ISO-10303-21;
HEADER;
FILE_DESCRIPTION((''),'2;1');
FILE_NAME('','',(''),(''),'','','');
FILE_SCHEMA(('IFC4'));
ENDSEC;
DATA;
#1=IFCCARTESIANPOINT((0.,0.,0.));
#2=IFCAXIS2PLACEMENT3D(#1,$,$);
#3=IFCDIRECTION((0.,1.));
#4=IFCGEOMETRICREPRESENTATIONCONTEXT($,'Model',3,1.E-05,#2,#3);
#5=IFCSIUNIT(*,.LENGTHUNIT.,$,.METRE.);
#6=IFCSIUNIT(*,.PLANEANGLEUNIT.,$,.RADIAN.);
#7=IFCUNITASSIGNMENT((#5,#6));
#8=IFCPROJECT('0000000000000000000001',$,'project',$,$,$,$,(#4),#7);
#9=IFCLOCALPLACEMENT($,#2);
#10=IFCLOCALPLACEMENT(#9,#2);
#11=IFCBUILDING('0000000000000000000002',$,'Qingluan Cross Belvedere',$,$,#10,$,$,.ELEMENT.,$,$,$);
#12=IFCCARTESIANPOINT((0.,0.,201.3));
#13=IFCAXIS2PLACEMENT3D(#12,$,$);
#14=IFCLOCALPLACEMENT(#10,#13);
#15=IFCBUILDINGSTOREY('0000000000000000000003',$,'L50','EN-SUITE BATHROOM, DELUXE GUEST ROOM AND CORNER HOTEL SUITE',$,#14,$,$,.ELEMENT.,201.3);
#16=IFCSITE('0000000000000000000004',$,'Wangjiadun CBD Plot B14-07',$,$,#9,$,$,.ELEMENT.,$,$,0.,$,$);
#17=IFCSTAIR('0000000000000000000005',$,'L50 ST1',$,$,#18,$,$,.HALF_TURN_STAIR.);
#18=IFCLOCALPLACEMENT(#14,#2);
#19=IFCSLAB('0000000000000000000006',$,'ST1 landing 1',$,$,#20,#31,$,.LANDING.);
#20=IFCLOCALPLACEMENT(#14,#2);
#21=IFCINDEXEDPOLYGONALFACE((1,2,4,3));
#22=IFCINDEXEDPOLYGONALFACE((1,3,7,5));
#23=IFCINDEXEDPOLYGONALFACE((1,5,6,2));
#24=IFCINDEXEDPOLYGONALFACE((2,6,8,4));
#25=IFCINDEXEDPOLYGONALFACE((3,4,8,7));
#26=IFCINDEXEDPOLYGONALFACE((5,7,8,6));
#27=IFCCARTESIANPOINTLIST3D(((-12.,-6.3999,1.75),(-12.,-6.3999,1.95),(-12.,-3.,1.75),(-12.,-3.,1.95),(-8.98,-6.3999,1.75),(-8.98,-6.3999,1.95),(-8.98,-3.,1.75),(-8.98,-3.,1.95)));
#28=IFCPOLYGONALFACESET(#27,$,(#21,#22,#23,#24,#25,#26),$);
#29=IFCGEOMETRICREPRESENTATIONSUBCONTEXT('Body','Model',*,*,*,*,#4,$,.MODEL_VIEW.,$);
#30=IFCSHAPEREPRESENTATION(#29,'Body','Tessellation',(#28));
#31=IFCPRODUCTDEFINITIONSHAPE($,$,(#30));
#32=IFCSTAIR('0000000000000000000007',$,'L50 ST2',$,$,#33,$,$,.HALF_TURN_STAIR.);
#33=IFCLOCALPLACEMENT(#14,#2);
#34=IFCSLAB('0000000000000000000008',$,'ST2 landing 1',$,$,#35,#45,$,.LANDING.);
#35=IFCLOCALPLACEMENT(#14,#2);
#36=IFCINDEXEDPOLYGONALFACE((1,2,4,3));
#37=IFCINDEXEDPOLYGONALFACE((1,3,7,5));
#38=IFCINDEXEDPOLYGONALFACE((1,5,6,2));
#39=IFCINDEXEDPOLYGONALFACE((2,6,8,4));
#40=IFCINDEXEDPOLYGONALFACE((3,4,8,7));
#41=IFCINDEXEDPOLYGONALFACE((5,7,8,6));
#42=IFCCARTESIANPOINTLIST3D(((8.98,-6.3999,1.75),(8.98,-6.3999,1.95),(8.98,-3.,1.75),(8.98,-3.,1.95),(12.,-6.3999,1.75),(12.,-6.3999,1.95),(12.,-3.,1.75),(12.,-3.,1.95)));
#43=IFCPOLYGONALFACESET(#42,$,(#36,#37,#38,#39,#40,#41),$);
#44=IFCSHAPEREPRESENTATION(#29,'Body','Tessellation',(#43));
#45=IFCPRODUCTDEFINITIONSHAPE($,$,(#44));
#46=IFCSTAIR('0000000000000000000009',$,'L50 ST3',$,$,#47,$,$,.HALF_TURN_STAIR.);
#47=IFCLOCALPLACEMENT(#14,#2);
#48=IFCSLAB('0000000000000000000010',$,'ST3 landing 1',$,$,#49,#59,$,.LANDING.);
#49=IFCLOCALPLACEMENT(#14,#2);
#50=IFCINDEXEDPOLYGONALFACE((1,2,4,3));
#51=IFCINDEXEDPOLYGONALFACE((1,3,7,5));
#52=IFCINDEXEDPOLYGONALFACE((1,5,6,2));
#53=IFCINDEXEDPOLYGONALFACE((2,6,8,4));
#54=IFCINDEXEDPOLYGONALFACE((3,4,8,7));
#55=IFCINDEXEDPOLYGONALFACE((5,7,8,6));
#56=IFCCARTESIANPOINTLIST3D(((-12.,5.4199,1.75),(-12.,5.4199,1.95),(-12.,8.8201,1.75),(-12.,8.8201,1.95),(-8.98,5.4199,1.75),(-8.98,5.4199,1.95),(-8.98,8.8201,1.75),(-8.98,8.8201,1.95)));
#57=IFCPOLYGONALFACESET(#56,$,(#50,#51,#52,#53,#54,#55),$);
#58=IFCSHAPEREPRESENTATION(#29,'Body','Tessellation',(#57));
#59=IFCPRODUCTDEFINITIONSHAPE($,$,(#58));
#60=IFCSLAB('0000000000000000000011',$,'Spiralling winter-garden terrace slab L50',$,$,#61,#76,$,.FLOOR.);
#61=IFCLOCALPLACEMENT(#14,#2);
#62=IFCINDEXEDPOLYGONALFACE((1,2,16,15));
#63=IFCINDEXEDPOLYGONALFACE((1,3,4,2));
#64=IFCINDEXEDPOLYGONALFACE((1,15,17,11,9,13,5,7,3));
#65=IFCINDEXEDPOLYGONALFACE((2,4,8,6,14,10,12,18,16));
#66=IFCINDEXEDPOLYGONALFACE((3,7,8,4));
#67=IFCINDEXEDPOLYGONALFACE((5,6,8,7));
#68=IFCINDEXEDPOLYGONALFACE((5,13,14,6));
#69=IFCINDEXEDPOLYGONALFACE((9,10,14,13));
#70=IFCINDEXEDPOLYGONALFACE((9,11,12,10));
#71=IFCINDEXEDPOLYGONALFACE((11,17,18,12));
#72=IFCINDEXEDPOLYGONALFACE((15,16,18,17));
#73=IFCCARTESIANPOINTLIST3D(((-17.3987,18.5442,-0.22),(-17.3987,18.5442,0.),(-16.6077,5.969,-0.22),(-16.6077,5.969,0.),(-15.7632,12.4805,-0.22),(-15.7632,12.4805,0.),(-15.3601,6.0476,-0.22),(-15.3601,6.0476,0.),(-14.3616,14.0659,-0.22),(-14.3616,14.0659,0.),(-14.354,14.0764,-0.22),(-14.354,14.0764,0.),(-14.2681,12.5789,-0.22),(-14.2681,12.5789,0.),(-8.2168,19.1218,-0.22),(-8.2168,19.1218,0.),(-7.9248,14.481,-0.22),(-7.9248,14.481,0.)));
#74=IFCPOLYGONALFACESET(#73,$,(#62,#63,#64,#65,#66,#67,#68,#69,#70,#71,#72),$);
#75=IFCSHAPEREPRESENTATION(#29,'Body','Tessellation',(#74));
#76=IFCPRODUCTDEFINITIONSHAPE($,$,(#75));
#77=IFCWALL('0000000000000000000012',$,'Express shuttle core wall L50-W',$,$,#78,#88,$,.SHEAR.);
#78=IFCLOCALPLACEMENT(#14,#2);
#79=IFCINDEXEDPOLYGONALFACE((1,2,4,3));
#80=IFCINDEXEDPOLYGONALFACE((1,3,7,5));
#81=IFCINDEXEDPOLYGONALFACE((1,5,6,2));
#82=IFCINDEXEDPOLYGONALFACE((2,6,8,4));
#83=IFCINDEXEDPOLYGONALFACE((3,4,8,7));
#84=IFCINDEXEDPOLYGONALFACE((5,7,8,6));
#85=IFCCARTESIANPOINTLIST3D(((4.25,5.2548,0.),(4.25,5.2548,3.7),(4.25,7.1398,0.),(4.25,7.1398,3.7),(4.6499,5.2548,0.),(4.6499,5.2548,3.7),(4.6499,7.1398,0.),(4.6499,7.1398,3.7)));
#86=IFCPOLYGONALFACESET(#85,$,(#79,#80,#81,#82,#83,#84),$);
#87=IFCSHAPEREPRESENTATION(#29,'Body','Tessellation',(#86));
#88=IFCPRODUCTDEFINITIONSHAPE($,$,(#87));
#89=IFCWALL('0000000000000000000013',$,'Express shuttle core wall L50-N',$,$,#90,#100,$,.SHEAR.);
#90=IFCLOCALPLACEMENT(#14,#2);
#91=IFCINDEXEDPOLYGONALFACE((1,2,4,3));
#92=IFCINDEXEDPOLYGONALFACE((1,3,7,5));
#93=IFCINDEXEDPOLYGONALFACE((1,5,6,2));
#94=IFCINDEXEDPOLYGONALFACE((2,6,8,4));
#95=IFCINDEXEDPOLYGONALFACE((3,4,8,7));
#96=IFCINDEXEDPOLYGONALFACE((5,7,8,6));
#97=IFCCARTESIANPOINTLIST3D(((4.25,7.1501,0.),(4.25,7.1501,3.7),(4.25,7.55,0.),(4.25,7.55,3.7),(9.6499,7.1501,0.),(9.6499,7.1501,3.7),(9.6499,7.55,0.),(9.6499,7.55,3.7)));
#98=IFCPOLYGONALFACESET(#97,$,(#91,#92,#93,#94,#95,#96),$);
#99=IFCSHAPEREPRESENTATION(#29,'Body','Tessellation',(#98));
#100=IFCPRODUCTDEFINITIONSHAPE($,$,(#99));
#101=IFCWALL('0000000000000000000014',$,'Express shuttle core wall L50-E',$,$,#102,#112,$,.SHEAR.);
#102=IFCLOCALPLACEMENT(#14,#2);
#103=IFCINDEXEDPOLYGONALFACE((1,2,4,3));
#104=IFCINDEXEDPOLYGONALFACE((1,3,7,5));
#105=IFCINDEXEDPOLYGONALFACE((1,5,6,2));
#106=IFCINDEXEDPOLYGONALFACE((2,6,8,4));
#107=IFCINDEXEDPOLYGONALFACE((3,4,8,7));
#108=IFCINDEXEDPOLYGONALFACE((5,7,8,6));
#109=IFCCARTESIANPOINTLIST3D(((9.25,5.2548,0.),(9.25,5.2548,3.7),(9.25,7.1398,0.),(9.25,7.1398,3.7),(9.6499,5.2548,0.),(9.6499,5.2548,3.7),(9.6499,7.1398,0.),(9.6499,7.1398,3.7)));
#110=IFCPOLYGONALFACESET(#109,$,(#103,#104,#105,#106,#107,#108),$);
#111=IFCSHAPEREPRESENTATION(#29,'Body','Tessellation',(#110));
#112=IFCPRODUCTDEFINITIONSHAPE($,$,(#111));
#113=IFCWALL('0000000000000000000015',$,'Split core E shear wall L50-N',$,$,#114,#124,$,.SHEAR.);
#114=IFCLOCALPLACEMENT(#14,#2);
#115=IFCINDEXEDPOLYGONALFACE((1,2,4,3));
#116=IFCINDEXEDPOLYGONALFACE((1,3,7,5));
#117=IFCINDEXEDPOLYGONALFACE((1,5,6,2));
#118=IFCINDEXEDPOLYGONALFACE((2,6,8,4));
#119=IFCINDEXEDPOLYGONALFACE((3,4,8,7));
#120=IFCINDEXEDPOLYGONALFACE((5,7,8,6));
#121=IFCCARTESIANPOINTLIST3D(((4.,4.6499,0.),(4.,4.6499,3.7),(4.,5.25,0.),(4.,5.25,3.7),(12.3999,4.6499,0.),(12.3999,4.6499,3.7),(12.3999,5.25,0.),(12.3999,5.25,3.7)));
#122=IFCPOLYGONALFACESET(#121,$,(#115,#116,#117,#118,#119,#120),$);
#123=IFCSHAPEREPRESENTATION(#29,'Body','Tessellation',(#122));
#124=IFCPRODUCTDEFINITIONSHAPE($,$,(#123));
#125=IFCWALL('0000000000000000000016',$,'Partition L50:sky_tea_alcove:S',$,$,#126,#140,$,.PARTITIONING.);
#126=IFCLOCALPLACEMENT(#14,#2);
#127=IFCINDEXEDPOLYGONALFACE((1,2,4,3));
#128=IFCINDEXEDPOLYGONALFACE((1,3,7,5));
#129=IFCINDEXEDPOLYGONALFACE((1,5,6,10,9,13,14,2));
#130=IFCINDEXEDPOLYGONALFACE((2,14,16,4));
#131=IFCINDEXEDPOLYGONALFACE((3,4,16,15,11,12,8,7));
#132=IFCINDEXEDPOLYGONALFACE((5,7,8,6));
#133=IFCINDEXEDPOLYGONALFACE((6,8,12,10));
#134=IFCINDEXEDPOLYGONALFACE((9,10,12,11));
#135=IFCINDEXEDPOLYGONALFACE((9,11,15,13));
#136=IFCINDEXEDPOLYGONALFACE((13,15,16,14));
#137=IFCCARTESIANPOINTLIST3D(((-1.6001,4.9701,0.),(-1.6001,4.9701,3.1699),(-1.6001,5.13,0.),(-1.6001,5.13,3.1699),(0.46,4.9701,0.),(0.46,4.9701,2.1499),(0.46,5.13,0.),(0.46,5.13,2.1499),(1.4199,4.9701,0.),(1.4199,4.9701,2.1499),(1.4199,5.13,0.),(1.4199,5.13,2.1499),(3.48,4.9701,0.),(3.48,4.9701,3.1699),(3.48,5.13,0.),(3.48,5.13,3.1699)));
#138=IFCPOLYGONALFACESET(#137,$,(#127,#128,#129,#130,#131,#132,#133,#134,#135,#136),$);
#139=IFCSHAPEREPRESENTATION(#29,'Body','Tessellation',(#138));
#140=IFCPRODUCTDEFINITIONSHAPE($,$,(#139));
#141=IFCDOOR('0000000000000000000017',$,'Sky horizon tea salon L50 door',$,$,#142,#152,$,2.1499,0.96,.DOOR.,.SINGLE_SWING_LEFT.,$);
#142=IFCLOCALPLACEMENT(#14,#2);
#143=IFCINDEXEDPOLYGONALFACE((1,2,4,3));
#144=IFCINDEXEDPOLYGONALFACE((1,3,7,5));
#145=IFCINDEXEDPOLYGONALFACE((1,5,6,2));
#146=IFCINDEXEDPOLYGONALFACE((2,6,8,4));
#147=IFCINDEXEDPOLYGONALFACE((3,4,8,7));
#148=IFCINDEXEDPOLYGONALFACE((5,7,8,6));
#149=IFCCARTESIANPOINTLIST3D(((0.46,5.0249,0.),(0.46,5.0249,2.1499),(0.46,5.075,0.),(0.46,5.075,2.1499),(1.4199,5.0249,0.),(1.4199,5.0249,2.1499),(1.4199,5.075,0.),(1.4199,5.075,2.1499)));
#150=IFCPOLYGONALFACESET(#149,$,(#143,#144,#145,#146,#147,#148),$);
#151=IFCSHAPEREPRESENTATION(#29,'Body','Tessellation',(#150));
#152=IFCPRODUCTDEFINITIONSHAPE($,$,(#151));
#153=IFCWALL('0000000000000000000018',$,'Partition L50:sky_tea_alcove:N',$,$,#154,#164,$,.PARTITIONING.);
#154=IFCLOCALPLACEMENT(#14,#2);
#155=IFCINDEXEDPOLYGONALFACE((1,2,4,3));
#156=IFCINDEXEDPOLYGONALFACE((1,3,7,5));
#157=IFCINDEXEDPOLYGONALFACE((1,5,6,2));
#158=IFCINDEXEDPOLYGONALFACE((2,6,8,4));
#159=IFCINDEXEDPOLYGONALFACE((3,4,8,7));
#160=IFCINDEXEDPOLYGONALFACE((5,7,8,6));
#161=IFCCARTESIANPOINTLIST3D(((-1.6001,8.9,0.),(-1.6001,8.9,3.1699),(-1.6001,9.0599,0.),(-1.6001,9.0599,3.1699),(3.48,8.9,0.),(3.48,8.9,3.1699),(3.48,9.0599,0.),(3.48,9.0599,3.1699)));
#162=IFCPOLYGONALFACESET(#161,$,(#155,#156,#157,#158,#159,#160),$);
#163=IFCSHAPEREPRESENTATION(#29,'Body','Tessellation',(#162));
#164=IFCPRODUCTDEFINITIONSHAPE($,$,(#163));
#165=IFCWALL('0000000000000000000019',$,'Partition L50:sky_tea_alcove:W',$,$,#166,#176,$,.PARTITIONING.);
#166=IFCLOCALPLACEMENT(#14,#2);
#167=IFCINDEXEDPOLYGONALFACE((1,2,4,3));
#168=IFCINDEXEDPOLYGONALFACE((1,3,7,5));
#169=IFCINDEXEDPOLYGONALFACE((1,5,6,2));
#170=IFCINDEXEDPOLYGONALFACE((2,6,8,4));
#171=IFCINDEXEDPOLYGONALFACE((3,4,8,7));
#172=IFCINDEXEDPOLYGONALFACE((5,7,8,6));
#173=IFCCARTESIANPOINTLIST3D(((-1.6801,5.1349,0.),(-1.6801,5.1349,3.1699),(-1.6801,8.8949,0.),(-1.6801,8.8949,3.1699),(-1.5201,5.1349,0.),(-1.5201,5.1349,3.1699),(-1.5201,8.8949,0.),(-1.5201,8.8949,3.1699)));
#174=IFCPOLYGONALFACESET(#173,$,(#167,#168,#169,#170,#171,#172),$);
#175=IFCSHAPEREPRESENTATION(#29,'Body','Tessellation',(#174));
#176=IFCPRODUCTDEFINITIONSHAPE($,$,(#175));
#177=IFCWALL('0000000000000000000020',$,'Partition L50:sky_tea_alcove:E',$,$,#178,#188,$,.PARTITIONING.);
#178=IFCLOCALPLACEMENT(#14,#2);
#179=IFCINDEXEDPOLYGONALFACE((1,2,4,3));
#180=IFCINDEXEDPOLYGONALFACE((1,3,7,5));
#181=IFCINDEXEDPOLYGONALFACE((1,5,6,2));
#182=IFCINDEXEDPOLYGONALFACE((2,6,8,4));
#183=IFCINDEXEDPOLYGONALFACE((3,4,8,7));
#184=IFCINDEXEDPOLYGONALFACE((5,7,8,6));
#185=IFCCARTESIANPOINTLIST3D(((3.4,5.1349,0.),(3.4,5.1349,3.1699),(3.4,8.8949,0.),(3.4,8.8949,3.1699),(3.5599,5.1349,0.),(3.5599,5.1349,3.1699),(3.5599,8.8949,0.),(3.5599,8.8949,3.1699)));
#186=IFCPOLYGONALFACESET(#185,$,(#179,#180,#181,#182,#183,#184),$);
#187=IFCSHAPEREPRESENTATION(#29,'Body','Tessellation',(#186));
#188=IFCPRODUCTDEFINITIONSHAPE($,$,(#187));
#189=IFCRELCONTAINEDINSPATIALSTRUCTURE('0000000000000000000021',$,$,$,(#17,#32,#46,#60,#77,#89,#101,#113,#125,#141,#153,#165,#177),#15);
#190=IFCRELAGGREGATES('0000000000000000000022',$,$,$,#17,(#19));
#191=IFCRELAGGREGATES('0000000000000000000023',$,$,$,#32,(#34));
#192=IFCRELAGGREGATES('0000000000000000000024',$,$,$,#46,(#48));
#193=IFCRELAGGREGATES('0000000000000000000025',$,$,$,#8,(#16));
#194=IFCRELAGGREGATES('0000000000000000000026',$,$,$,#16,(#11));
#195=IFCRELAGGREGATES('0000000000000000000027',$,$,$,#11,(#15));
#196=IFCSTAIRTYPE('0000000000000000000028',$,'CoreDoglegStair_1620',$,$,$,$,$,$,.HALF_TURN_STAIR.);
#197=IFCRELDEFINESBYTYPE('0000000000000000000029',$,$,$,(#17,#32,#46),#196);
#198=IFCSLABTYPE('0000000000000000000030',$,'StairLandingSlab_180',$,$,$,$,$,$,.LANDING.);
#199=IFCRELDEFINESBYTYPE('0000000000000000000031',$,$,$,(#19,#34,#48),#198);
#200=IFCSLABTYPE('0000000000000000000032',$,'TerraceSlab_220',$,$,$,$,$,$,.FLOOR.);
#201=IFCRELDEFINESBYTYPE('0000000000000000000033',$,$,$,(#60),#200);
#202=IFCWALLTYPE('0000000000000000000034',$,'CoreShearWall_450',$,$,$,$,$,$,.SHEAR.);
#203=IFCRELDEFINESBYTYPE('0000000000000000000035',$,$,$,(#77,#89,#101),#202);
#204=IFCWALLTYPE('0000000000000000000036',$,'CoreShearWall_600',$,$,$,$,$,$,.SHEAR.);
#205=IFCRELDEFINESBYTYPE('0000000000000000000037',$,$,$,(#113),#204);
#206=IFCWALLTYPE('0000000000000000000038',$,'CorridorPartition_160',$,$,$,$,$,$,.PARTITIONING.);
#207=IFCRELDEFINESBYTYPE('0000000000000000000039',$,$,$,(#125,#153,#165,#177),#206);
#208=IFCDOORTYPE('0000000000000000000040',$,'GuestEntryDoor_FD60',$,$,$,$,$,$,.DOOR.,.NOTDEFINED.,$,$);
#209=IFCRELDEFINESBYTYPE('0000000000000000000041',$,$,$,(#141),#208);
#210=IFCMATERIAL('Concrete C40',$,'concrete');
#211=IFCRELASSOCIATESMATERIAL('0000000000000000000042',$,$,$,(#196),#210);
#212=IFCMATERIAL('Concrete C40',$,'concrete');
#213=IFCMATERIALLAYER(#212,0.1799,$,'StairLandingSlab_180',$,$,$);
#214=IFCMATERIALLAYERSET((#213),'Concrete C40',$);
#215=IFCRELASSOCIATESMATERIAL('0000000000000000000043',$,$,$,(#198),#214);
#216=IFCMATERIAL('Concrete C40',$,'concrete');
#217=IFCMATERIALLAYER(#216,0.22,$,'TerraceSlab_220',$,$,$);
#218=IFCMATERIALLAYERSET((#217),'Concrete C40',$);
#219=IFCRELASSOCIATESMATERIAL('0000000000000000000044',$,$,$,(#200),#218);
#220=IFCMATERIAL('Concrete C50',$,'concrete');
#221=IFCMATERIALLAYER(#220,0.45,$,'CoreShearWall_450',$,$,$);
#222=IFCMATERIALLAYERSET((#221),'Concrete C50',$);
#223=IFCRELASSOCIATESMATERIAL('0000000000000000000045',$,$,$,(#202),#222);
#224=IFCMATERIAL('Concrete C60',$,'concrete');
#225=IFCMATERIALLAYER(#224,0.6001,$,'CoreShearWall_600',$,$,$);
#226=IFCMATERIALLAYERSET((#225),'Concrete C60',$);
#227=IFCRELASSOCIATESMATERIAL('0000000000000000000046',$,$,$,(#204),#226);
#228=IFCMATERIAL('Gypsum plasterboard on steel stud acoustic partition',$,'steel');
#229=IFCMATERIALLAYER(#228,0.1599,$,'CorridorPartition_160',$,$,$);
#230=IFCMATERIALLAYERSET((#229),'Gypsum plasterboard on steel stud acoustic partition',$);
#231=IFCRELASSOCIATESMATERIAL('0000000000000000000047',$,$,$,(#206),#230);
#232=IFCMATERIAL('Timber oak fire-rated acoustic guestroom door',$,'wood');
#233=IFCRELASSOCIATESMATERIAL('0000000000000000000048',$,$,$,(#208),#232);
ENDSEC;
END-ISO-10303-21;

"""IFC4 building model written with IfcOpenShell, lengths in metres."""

from ifc_helpers import new_model, si_unit, direction, frame, frame_2d, origin, place, context, subcontext, project, spatial, polyline, rectangle, outline, extrude, material, layer, layer_set, type_object, element, fill, aggregate, save


model = new_model("IFC4")

# Units and contexts
model_context = context("Model", 3, precision=1e-05, world=origin(), true_north=direction((0.0, 1.0)))
body_context = subcontext(model_context, "Body", "Model", "MODEL_VIEW")
ifc_project = project(units=[si_unit("LENGTHUNIT", "METRE"), si_unit("PLANEANGLEUNIT", "RADIAN")], contexts=[model_context])

# Site, building, storey
site_placement = place(None, origin())
site = spatial("IfcSite", under=ifc_project, at=site_placement, Name="Wangjiadun CBD Plot B14-07", CompositionType="ELEMENT", RefElevation=0.0)
building_placement = place(site_placement, origin())
building = spatial("IfcBuilding", under=site, at=building_placement, Name="Qingluan Cross Belvedere", CompositionType="ELEMENT")
storey_placement = place(building_placement, frame((0.0, 0.0, 201.3)))
storey = spatial("IfcBuildingStorey", under=building, at=storey_placement, Name="L50", Description="EN-SUITE BATHROOM, DELUXE GUEST ROOM AND CORNER HOTEL SUITE", CompositionType="ELEMENT", Elevation=201.3)

# Stairs, slabs
ifc_material_1 = material(Name="Concrete C40", Category="concrete")
stair_type = type_object("IfcStairType", Name="CoreDoglegStair_1620", PredefinedType="HALF_TURN_STAIR", material=ifc_material_1)
stair_1_placement = place(storey_placement, origin())
stair_1 = element("IfcStair", 1, at=stair_1_placement, inside=storey, type_object=stair_type, Name="L50 ST1", PredefinedType="HALF_TURN_STAIR")
ifc_material_2 = material(Name="Concrete C40", Category="concrete")
ifc_layer_1 = layer(ifc_material_2, 0.1799, Name="StairLandingSlab_180")
ifc_layer_set_1 = layer_set([ifc_layer_1], Name="Concrete C40")
slab_type_1 = type_object("IfcSlabType", Name="StairLandingSlab_180", PredefinedType="LANDING", material=ifc_layer_set_1)
slab_1_placement = place(storey_placement, frame((0.0, 0.0, 1.75)))
slab_1 = element("IfcSlab", 2, at=slab_1_placement, type_object=slab_type_1, Name="ST1 landing 1", PredefinedType="LANDING", context=body_context, shape_type="SweptSolid", body=[
    extrude(outline(polyline([(-8.98, -3.0), (-12.0, -3.0), (-12.0, -6.3999), (-8.98, -6.3999), (-8.98, -3.0)])), origin(), (0.0, 0.0, 1.0), 0.2),
])
aggregate(stair_1, [slab_1])
stair_2_placement = place(storey_placement, origin())
stair_2 = element("IfcStair", 3, at=stair_2_placement, inside=storey, type_object=stair_type, Name="L50 ST2", PredefinedType="HALF_TURN_STAIR")
slab_2_placement = place(storey_placement, frame((0.0, 0.0, 1.75)))
slab_2 = element("IfcSlab", 4, at=slab_2_placement, type_object=slab_type_1, Name="ST2 landing 1", PredefinedType="LANDING", context=body_context, shape_type="SweptSolid", body=[
    extrude(outline(polyline([(8.98, -6.3999), (12.0, -6.3999), (12.0, -3.0), (8.98, -3.0), (8.98, -6.3999)])), origin(), (0.0, 0.0, 1.0), 0.2),
])
aggregate(stair_2, [slab_2])
stair_3_placement = place(storey_placement, origin())
stair_3 = element("IfcStair", 5, at=stair_3_placement, inside=storey, type_object=stair_type, Name="L50 ST3", PredefinedType="HALF_TURN_STAIR")
slab_3_placement = place(storey_placement, frame((0.0, 0.0, 1.75)))
slab_3 = element("IfcSlab", 6, at=slab_3_placement, type_object=slab_type_1, Name="ST3 landing 1", PredefinedType="LANDING", context=body_context, shape_type="SweptSolid", body=[
    extrude(outline(polyline([(-8.98, 8.8201), (-12.0, 8.8201), (-12.0, 5.4199), (-8.98, 5.4199), (-8.98, 8.8201)])), origin(), (0.0, 0.0, 1.0), 0.2),
])
aggregate(stair_3, [slab_3])

# Slab
ifc_material_3 = material(Name="Concrete C40", Category="concrete")
ifc_layer_2 = layer(ifc_material_3, 0.22, Name="TerraceSlab_220")
ifc_layer_set_2 = layer_set([ifc_layer_2], Name="Concrete C40")
slab_type_2 = type_object("IfcSlabType", Name="TerraceSlab_220", PredefinedType="FLOOR", material=ifc_layer_set_2)
slab_4_placement = place(storey_placement, frame((0.0, 0.0, -0.22)))
element("IfcSlab", 7, at=slab_4_placement, inside=storey, type_object=slab_type_2, Name="Spiralling winter-garden terrace slab L50", PredefinedType="FLOOR", context=body_context, shape_type="SweptSolid", body=[
    extrude(outline(polyline([(-15.3601, 6.0476), (-15.7632, 12.4805), (-14.2681, 12.5789), (-14.3616, 14.0659), (-14.354, 14.0764), (-7.9248, 14.481), (-8.2168, 19.1218), (-17.3987, 18.5442), (-16.6077, 5.969), (-15.3601, 6.0476)])), origin(), (0.0, 0.0, 1.0), 0.22),
])

# Walls
ifc_material_4 = material(Name="Concrete C50", Category="concrete")
ifc_layer_3 = layer(ifc_material_4, 0.45, Name="CoreShearWall_450")
ifc_layer_set_3 = layer_set([ifc_layer_3], Name="Concrete C50")
wall_type_1 = type_object("IfcWallType", Name="CoreShearWall_450", PredefinedType="SHEAR", material=ifc_layer_set_3)
wall_1_placement = place(storey_placement, frame((4.45, 5.2549, 0.0), z_axis=(0.0, 0.0, 1.0), x_axis=(0.0, 1.0, 0.0)))
element("IfcWall", 8, at=wall_1_placement, inside=storey, type_object=wall_type_1, Name="Express shuttle core wall L50-W", PredefinedType="SHEAR", context=body_context, shape_type="SweptSolid", body=[
    extrude(rectangle(XDim=1.885, YDim=0.3999, at=frame_2d((0.9424, 0.0))), origin(), (0.0, 0.0, 1.0), 3.7),
])
wall_2_placement = place(storey_placement, frame((4.25, 7.3501, 0.0), z_axis=(0.0, 0.0, 1.0), x_axis=(1.0, 0.0, 0.0)))
element("IfcWall", 9, at=wall_2_placement, inside=storey, type_object=wall_type_1, Name="Express shuttle core wall L50-N", PredefinedType="SHEAR", context=body_context, shape_type="SweptSolid", body=[
    extrude(rectangle(XDim=5.3999, YDim=0.3999, at=frame_2d((2.7, 0.0))), origin(), (0.0, 0.0, 1.0), 3.7),
])
wall_3_placement = place(storey_placement, frame((9.45, 5.2549, 0.0), z_axis=(0.0, 0.0, 1.0), x_axis=(0.0, 1.0, 0.0)))
element("IfcWall", 10, at=wall_3_placement, inside=storey, type_object=wall_type_1, Name="Express shuttle core wall L50-E", PredefinedType="SHEAR", context=body_context, shape_type="SweptSolid", body=[
    extrude(rectangle(XDim=1.885, YDim=0.3999, at=frame_2d((0.9424, 0.0))), origin(), (0.0, 0.0, 1.0), 3.7),
])
ifc_material_5 = material(Name="Concrete C60", Category="concrete")
ifc_layer_4 = layer(ifc_material_5, 0.6001, Name="CoreShearWall_600")
ifc_layer_set_4 = layer_set([ifc_layer_4], Name="Concrete C60")
wall_type_2 = type_object("IfcWallType", Name="CoreShearWall_600", PredefinedType="SHEAR", material=ifc_layer_set_4)
wall_4_placement = place(storey_placement, frame((4.0, 4.95, 0.0), z_axis=(0.0, 0.0, 1.0), x_axis=(1.0, 0.0, 0.0)))
element("IfcWall", 11, at=wall_4_placement, inside=storey, type_object=wall_type_2, Name="Split core E shear wall L50-N", PredefinedType="SHEAR", context=body_context, shape_type="SweptSolid", body=[
    extrude(rectangle(XDim=8.3999, YDim=0.6001, at=frame_2d((4.2, 0.0))), origin(), (0.0, 0.0, 1.0), 3.7),
])

# Wall, opening, door
ifc_material_6 = material(Name="Gypsum plasterboard on steel stud acoustic partition", Category="steel")
ifc_layer_5 = layer(ifc_material_6, 0.1599, Name="CorridorPartition_160")
ifc_layer_set_5 = layer_set([ifc_layer_5], Name="Gypsum plasterboard on steel stud acoustic partition")
wall_type_3 = type_object("IfcWallType", Name="CorridorPartition_160", PredefinedType="PARTITIONING", material=ifc_layer_set_5)
wall_5_placement = place(storey_placement, frame((-1.6001, 5.05, 0.0), z_axis=(0.0, 0.0, 1.0), x_axis=(1.0, 0.0, 0.0)))
wall_5 = element("IfcWall", 12, at=wall_5_placement, inside=storey, type_object=wall_type_3, Name="Partition L50:sky_tea_alcove:S", PredefinedType="PARTITIONING", context=body_context, shape_type="SweptSolid", body=[
    extrude(rectangle(XDim=5.0801, YDim=0.1599, at=frame_2d((2.54, 0.0))), origin(), (0.0, 0.0, 1.0), 3.1699),
])
opening_1_placement = place(wall_5_placement, frame((2.0601, 0.0, 0.0)))
opening_1 = element("IfcOpeningElement", 13, at=opening_1_placement, cuts=wall_5, PredefinedType="OPENING", context=body_context, shape_type="SweptSolid", body=[
    extrude(rectangle(XDim=0.96, YDim=2.1499, at=frame_2d((0.48, 1.075))), frame((0.0, 0.0898, 0.0), z_axis=(0.0, -1.0, 0.0), x_axis=(1.0, 0.0, 0.0)), (0.0, 0.0, 1.0), 0.1799),
])
ifc_material_7 = material(Name="Timber oak fire-rated acoustic guestroom door", Category="wood")
door_type_1 = type_object("IfcDoorType", Name="GuestEntryDoor_FD60", OperationType="NOTDEFINED", PredefinedType="DOOR", material=ifc_material_7)
door_1_placement = place(opening_1_placement, origin())
door_1 = element("IfcDoor", 14, at=door_1_placement, inside=storey, type_object=door_type_1, Name="Sky horizon tea salon L50 door", OperationType="SINGLE_SWING_LEFT", OverallHeight=2.1499, OverallWidth=0.96, PredefinedType="DOOR", context=body_context, shape_type="SweptSolid", body=[
    extrude(rectangle(XDim=0.96, YDim=2.1499, at=frame_2d((0.48, 1.075))), frame((0.0, 0.0249, 0.0), z_axis=(0.0, -1.0, 0.0), x_axis=(1.0, 0.0, 0.0)), (0.0, 0.0, 1.0), 0.05),
])
fill(opening_1, door_1)

# Walls
wall_6_placement = place(storey_placement, frame((-1.6001, 8.98, 0.0), z_axis=(0.0, 0.0, 1.0), x_axis=(1.0, 0.0, 0.0)))
element("IfcWall", 15, at=wall_6_placement, inside=storey, type_object=wall_type_3, Name="Partition L50:sky_tea_alcove:N", PredefinedType="PARTITIONING", context=body_context, shape_type="SweptSolid", body=[
    extrude(rectangle(XDim=5.0801, YDim=0.1599, at=frame_2d((2.54, 0.0))), origin(), (0.0, 0.0, 1.0), 3.1699),
])
for number, where, z_axis, x_axis, name in (
    (16, (-1.6001, 5.135, 0.0), (0.0, 0.0, 1.0), (0.0, 1.0, 0.0), "Partition L50:sky_tea_alcove:W"),
    (17, (3.48, 5.135, 0.0), (0.0, 0.0, 1.0), (0.0, 1.0, 0.0), "Partition L50:sky_tea_alcove:E"),
):
    element("IfcWall", number, at=place(storey_placement, frame(where, z_axis=z_axis, x_axis=x_axis)), inside=storey, type_object=wall_type_3, Name=name, PredefinedType="PARTITIONING", context=body_context, shape_type="SweptSolid", body=[
        extrude(rectangle(XDim=3.76, YDim=0.1599, at=frame_2d((1.8799, 0.0))), origin(), (0.0, 0.0, 1.0), 3.1699),
    ])

save(model, "model.ifc")
